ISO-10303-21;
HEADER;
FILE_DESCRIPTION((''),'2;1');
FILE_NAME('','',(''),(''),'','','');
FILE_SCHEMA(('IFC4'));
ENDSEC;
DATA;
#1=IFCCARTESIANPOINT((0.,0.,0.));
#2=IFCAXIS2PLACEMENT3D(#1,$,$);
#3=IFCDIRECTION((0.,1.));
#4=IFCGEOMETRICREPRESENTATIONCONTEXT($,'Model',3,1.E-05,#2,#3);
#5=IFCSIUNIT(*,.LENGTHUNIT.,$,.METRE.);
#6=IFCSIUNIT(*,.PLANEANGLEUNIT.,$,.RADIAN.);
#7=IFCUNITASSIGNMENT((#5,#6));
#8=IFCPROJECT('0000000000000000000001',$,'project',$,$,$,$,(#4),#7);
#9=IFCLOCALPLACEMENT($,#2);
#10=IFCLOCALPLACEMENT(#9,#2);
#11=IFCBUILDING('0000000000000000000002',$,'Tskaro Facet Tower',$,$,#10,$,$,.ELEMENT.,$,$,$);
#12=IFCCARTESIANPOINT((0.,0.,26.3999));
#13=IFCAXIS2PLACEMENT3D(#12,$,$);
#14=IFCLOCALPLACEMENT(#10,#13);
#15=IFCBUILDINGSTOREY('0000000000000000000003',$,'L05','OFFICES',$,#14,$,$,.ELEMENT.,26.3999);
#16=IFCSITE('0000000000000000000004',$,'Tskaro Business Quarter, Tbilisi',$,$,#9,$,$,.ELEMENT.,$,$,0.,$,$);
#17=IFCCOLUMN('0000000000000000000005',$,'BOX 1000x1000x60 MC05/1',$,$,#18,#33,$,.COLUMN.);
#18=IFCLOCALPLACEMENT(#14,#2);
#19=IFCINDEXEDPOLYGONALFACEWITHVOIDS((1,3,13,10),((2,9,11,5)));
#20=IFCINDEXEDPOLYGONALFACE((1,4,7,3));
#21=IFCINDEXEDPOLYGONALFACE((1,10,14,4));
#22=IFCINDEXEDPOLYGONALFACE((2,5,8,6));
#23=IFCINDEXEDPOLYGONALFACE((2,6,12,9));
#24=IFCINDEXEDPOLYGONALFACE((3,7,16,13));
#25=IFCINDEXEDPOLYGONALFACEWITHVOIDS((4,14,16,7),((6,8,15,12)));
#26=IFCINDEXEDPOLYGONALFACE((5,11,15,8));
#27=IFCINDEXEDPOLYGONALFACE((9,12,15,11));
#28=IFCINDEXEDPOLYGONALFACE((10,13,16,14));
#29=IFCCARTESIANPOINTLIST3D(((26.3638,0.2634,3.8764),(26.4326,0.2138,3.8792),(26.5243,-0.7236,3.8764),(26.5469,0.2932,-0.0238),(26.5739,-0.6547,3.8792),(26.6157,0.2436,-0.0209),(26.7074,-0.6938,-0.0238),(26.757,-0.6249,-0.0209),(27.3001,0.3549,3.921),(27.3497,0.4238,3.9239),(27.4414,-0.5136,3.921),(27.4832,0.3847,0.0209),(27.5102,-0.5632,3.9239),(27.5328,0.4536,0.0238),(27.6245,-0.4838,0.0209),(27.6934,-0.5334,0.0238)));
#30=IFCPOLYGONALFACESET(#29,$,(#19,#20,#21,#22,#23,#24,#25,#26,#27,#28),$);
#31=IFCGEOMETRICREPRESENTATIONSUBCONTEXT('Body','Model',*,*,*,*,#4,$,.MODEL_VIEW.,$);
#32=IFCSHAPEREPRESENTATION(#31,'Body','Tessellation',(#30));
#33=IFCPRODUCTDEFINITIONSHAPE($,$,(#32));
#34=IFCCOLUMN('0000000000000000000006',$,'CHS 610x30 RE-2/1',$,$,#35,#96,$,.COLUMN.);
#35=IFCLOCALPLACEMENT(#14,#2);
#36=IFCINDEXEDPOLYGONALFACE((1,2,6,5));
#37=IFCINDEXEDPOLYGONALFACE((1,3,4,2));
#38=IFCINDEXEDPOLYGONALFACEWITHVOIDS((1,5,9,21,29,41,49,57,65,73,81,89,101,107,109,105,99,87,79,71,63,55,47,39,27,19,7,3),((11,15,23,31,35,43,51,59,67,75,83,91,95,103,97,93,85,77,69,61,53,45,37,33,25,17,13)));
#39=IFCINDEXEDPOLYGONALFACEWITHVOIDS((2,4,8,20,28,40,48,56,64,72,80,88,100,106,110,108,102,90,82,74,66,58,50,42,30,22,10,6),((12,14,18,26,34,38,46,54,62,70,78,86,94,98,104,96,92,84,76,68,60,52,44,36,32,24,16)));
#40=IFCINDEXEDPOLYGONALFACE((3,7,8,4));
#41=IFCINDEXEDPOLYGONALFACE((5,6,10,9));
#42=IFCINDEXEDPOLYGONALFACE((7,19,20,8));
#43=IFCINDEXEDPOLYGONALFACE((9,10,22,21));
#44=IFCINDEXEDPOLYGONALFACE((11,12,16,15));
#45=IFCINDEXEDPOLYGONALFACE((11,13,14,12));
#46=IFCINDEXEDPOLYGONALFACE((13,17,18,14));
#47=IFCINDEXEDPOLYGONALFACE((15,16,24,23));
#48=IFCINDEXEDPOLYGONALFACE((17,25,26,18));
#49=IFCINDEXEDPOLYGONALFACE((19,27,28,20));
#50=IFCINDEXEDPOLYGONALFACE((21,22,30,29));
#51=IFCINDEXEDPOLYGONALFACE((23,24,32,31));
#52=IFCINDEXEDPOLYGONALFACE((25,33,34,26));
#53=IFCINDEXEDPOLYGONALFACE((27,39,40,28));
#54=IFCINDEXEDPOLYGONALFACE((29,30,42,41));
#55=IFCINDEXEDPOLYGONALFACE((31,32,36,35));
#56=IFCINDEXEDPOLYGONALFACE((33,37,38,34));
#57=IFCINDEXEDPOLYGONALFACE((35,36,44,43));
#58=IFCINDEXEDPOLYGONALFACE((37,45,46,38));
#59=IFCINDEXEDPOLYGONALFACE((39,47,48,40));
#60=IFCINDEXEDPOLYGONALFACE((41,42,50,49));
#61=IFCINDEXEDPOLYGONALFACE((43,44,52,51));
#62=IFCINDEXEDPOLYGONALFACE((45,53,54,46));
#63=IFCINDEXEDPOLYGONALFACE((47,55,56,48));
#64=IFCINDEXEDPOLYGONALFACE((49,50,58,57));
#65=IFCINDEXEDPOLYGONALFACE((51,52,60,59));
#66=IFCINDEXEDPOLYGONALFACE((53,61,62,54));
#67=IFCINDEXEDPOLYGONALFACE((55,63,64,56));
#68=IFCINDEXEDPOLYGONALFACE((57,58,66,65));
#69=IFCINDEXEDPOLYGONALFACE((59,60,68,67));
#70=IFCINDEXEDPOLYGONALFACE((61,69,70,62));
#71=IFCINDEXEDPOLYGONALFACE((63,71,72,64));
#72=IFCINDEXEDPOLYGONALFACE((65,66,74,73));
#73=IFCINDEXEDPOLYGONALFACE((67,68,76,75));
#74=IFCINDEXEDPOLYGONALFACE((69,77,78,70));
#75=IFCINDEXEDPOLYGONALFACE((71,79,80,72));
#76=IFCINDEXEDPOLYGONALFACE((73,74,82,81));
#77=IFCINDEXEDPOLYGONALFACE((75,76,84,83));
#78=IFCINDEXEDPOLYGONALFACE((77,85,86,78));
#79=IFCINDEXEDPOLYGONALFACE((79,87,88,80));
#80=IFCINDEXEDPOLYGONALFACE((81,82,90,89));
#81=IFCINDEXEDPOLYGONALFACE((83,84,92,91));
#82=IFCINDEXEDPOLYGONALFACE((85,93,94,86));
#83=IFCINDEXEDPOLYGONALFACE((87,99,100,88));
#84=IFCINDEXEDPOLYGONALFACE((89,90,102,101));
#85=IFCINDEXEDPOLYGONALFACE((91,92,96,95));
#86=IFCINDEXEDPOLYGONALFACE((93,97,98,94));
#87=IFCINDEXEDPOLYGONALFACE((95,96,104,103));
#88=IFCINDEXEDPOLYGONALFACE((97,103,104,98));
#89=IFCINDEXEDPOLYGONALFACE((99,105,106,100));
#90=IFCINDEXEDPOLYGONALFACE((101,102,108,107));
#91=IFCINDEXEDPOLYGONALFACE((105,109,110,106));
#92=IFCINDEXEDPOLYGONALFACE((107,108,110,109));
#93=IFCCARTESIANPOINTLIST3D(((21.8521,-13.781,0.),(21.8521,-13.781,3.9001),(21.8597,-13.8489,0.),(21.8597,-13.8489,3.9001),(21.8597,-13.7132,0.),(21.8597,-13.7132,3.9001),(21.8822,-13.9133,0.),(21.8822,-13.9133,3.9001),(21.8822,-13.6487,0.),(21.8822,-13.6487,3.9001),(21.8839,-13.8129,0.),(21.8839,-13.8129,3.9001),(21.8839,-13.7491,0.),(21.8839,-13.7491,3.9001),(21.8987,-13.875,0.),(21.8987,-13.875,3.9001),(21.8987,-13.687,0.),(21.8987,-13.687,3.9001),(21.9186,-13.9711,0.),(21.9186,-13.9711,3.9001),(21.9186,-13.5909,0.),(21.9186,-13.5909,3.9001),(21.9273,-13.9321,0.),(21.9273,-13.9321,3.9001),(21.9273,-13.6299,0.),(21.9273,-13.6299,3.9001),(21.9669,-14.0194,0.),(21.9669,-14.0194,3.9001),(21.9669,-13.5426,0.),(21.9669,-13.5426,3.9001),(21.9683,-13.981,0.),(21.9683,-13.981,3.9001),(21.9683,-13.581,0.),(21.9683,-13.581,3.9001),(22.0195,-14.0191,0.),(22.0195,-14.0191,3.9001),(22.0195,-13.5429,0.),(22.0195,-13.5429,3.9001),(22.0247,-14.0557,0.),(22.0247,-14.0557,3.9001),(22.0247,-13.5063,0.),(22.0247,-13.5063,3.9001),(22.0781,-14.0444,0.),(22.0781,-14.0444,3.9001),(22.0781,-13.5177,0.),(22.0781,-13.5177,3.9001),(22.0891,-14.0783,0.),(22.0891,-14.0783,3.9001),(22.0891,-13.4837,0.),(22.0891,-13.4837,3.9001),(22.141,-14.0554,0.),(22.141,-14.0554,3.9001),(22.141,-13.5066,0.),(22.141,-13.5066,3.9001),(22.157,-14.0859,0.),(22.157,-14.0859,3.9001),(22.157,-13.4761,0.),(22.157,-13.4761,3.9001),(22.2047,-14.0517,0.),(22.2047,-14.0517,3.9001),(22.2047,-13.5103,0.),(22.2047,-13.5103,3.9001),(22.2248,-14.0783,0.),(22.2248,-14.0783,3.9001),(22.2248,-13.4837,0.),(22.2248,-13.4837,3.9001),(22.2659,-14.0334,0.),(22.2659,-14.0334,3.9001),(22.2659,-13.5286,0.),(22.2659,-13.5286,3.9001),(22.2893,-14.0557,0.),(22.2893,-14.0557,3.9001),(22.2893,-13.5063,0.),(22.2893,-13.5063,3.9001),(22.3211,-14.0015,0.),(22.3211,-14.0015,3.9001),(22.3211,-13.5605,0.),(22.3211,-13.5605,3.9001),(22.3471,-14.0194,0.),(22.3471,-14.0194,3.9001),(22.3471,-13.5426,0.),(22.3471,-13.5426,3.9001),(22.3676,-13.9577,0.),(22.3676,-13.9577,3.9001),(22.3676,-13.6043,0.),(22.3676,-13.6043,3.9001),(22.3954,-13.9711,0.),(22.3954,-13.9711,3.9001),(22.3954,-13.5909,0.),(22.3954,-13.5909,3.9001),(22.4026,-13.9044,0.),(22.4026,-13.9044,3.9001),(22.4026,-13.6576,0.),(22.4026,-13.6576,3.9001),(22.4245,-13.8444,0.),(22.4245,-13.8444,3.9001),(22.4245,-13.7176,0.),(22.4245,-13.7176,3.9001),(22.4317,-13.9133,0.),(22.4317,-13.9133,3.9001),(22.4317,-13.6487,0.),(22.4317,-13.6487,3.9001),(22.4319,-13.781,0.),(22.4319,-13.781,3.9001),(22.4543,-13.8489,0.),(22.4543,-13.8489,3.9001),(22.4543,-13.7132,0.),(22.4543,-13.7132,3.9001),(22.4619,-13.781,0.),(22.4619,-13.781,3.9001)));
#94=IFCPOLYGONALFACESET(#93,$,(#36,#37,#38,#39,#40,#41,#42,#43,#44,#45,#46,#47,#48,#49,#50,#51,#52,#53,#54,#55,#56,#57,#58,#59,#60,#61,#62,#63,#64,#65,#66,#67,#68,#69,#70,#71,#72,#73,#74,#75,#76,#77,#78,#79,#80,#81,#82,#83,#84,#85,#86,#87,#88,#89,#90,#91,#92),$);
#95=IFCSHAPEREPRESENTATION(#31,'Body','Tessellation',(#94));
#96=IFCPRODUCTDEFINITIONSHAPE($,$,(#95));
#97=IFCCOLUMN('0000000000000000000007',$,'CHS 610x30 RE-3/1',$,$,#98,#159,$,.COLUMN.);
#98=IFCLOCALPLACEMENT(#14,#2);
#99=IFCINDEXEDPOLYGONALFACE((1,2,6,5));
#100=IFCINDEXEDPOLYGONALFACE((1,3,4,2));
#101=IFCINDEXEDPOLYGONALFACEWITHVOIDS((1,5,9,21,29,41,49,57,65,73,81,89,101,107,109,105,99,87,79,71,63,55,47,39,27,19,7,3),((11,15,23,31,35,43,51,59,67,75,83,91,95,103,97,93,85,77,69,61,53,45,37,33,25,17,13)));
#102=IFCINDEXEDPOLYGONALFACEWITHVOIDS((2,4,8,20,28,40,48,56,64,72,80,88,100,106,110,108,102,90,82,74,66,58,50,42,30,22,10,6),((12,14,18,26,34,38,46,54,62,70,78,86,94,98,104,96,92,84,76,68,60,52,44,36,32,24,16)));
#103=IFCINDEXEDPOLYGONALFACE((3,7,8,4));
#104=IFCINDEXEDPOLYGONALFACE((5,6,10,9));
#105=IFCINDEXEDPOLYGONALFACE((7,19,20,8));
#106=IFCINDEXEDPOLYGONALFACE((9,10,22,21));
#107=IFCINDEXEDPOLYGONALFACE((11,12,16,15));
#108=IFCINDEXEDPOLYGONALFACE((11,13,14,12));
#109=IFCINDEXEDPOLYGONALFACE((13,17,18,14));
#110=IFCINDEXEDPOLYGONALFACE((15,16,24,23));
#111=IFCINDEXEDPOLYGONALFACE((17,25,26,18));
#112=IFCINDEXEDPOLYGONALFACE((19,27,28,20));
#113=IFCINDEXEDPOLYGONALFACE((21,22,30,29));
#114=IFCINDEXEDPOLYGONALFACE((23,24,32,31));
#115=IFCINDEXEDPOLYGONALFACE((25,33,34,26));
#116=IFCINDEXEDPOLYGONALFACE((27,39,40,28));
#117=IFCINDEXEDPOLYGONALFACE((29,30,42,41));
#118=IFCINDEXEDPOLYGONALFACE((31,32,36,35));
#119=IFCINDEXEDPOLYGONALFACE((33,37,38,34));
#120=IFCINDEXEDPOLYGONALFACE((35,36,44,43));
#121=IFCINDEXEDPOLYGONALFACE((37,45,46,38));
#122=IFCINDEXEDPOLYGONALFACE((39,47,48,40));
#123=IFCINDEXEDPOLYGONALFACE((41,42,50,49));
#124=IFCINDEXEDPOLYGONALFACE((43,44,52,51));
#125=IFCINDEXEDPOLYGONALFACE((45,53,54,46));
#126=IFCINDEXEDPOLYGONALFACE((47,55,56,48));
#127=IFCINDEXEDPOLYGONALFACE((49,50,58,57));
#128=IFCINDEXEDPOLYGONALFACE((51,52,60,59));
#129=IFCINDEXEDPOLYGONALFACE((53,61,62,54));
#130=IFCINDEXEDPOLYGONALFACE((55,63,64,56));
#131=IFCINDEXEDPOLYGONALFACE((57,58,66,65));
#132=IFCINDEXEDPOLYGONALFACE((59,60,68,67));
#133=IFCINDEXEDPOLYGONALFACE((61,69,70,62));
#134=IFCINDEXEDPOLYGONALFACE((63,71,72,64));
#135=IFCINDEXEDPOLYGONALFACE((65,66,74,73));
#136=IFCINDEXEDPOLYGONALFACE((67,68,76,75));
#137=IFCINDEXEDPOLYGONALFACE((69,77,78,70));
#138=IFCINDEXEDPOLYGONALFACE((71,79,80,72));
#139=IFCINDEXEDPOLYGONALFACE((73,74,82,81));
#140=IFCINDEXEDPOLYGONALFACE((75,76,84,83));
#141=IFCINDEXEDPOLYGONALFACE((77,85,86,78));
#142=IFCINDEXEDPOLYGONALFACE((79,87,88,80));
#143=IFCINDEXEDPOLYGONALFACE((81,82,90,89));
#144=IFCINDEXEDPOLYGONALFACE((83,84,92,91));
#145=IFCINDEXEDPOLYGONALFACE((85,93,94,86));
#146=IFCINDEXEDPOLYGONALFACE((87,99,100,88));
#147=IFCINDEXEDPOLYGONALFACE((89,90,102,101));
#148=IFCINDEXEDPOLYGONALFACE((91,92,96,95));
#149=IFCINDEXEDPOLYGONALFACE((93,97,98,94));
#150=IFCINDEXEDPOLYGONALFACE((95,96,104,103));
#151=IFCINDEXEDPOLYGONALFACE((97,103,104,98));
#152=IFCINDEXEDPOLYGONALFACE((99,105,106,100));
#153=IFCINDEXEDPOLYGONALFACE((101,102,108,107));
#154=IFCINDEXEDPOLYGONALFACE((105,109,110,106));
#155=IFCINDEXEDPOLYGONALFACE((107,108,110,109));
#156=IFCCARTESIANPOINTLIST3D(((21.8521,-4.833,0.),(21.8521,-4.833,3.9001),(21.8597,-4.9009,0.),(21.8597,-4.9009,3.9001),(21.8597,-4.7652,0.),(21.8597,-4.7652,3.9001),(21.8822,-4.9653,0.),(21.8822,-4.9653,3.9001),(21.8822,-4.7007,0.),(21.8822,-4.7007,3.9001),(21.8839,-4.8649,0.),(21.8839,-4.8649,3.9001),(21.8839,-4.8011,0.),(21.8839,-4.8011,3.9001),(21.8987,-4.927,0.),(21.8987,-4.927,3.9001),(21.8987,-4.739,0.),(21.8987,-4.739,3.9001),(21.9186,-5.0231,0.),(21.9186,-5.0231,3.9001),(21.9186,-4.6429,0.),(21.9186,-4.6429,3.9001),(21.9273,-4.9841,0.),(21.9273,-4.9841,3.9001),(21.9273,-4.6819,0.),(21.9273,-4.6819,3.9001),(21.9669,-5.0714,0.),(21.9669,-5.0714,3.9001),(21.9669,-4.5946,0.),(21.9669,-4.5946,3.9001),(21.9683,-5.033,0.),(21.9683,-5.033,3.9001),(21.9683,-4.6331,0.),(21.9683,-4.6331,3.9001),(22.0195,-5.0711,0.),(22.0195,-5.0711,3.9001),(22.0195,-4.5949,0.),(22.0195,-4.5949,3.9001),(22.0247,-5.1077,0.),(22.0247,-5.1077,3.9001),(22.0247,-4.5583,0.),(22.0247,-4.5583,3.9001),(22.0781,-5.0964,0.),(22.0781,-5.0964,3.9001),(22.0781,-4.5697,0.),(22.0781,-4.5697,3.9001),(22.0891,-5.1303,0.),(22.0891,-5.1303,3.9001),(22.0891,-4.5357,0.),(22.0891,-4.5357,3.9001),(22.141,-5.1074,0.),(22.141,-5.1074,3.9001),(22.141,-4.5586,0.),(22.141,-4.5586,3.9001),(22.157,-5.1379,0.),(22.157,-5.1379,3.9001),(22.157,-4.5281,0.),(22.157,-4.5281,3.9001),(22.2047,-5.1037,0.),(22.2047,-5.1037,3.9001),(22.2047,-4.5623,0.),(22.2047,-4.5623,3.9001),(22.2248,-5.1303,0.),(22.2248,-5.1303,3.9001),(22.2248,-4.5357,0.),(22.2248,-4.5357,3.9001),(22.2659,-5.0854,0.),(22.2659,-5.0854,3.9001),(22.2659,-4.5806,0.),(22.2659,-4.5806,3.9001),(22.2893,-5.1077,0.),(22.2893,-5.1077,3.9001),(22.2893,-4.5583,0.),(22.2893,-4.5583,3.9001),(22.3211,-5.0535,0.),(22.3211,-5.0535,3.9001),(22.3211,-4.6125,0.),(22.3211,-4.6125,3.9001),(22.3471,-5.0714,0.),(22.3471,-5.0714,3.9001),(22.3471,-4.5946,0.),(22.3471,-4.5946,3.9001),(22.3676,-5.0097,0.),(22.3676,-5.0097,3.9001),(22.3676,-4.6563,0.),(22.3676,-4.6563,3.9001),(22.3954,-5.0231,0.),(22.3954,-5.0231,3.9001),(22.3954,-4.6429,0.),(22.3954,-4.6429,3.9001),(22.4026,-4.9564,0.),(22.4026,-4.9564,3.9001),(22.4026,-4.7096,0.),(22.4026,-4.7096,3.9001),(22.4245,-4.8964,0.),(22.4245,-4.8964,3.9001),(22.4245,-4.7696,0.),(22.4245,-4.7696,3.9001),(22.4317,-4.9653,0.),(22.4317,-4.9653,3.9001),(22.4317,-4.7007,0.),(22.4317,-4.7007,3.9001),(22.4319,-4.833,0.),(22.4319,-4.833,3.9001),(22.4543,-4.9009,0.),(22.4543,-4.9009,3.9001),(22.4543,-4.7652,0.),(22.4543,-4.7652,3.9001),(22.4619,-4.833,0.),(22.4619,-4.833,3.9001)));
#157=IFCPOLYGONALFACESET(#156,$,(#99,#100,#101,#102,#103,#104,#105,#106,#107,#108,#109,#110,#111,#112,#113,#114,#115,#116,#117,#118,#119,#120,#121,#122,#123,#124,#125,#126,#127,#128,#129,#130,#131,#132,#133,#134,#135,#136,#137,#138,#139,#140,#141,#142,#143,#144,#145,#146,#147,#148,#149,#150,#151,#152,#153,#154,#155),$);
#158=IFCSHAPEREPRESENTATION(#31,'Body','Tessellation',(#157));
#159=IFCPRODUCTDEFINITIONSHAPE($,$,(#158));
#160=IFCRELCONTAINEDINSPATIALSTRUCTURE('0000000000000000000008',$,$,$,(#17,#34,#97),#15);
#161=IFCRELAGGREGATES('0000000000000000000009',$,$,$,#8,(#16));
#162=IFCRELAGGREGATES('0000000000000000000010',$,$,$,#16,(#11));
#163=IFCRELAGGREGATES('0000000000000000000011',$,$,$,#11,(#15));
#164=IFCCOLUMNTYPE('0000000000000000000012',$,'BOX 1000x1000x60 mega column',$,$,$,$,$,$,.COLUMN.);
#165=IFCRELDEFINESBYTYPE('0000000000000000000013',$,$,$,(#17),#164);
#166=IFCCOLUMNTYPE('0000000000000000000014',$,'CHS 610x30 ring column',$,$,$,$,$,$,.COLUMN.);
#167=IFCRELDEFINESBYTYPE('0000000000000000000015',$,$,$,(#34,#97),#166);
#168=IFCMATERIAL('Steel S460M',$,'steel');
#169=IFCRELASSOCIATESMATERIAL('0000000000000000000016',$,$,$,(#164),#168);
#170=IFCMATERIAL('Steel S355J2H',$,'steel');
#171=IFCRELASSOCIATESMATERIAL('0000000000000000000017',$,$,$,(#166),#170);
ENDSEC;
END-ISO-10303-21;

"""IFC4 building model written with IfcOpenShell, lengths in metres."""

from ifc_helpers import new_model, si_unit, direction, frame, origin, origin_2d, place, context, subcontext, project, spatial, hollow_rectangle, hollow_circle, extrude, material, material_profile, profile_set, type_object, element, save


model = new_model("IFC4")

# Units and contexts
model_context = context("Model", 3, precision=1e-05, world=origin(), true_north=direction((0.0, 1.0)))
body_context = subcontext(model_context, "Body", "Model", "MODEL_VIEW")
ifc_project = project(units=[si_unit("LENGTHUNIT", "METRE"), si_unit("PLANEANGLEUNIT", "RADIAN")], contexts=[model_context])

# Site, building, storey
site_placement = place(None, origin())
site = spatial("IfcSite", under=ifc_project, at=site_placement, Name="Tskaro Business Quarter, Tbilisi", CompositionType="ELEMENT", RefElevation=0.0)
building_placement = place(site_placement, origin())
building = spatial("IfcBuilding", under=site, at=building_placement, Name="Tskaro Facet Tower", CompositionType="ELEMENT")
storey_placement = place(building_placement, frame((0.0, 0.0, 26.3999)))
storey = spatial("IfcBuildingStorey", under=building, at=storey_placement, Name="L05", Description="OFFICES", CompositionType="ELEMENT", Elevation=26.3999)

# Columns
ifc_material_1 = material(Name="Steel S460M", Category="steel")
ifc_material_profile_1 = material_profile(ifc_material_1, hollow_rectangle(XDim=1.0, YDim=1.0, WallThickness=0.0601, at=origin_2d()), Name="BOX 1000x1000x60")
ifc_profile_set_1 = profile_set([ifc_material_profile_1], Name="Steel S460M")
column_type_1 = type_object("IfcColumnType", Name="BOX 1000x1000x60 mega column", PredefinedType="COLUMN", material=ifc_profile_set_1)
column_1_placement = place(storey_placement, frame((27.1201, -0.1201, 0.0), z_axis=(-0.046895, -0.007628, 0.998871), x_axis=(0.160556, -0.987027, 0.0)))
element("IfcColumn", 1, at=column_1_placement, inside=storey, type_object=column_type_1, Name="BOX 1000x1000x60 MC05/1", PredefinedType="COLUMN", context=body_context, shape_type="SweptSolid", body=[
    extrude(hollow_rectangle(XDim=1.0, YDim=1.0, WallThickness=0.0601, at=origin_2d()), origin(), (0.0, 0.0, 1.0), 3.9045),
])
ifc_material_2 = material(Name="Steel S355J2H", Category="steel")
ifc_material_profile_2 = material_profile(ifc_material_2, hollow_circle(Radius=0.3049, WallThickness=0.03, at=origin_2d()), Name="CHS 610x30")
ifc_profile_set_2 = profile_set([ifc_material_profile_2], Name="Steel S355J2H")
column_type_2 = type_object("IfcColumnType", Name="CHS 610x30 ring column", PredefinedType="COLUMN", material=ifc_profile_set_2)
for number, where, z_axis, x_axis, name in (
    (2, (22.157, -13.781, 0.0), (0.0, 0.0, 1.0), (1.0, 0.0, 0.0), "CHS 610x30 RE-2/1"),
    (3, (22.157, -4.833, 0.0), (0.0, 0.0, 1.0), (1.0, 0.0, 0.0), "CHS 610x30 RE-3/1"),
):
    element("IfcColumn", number, at=place(storey_placement, frame(where, z_axis=z_axis, x_axis=x_axis)), inside=storey, type_object=column_type_2, Name=name, PredefinedType="COLUMN", context=body_context, shape_type="SweptSolid", body=[
        extrude(hollow_circle(Radius=0.3049, WallThickness=0.03, at=origin_2d()), origin(), (0.0, 0.0, 1.0), 3.9001),
    ])

save(model, "model.ifc")
